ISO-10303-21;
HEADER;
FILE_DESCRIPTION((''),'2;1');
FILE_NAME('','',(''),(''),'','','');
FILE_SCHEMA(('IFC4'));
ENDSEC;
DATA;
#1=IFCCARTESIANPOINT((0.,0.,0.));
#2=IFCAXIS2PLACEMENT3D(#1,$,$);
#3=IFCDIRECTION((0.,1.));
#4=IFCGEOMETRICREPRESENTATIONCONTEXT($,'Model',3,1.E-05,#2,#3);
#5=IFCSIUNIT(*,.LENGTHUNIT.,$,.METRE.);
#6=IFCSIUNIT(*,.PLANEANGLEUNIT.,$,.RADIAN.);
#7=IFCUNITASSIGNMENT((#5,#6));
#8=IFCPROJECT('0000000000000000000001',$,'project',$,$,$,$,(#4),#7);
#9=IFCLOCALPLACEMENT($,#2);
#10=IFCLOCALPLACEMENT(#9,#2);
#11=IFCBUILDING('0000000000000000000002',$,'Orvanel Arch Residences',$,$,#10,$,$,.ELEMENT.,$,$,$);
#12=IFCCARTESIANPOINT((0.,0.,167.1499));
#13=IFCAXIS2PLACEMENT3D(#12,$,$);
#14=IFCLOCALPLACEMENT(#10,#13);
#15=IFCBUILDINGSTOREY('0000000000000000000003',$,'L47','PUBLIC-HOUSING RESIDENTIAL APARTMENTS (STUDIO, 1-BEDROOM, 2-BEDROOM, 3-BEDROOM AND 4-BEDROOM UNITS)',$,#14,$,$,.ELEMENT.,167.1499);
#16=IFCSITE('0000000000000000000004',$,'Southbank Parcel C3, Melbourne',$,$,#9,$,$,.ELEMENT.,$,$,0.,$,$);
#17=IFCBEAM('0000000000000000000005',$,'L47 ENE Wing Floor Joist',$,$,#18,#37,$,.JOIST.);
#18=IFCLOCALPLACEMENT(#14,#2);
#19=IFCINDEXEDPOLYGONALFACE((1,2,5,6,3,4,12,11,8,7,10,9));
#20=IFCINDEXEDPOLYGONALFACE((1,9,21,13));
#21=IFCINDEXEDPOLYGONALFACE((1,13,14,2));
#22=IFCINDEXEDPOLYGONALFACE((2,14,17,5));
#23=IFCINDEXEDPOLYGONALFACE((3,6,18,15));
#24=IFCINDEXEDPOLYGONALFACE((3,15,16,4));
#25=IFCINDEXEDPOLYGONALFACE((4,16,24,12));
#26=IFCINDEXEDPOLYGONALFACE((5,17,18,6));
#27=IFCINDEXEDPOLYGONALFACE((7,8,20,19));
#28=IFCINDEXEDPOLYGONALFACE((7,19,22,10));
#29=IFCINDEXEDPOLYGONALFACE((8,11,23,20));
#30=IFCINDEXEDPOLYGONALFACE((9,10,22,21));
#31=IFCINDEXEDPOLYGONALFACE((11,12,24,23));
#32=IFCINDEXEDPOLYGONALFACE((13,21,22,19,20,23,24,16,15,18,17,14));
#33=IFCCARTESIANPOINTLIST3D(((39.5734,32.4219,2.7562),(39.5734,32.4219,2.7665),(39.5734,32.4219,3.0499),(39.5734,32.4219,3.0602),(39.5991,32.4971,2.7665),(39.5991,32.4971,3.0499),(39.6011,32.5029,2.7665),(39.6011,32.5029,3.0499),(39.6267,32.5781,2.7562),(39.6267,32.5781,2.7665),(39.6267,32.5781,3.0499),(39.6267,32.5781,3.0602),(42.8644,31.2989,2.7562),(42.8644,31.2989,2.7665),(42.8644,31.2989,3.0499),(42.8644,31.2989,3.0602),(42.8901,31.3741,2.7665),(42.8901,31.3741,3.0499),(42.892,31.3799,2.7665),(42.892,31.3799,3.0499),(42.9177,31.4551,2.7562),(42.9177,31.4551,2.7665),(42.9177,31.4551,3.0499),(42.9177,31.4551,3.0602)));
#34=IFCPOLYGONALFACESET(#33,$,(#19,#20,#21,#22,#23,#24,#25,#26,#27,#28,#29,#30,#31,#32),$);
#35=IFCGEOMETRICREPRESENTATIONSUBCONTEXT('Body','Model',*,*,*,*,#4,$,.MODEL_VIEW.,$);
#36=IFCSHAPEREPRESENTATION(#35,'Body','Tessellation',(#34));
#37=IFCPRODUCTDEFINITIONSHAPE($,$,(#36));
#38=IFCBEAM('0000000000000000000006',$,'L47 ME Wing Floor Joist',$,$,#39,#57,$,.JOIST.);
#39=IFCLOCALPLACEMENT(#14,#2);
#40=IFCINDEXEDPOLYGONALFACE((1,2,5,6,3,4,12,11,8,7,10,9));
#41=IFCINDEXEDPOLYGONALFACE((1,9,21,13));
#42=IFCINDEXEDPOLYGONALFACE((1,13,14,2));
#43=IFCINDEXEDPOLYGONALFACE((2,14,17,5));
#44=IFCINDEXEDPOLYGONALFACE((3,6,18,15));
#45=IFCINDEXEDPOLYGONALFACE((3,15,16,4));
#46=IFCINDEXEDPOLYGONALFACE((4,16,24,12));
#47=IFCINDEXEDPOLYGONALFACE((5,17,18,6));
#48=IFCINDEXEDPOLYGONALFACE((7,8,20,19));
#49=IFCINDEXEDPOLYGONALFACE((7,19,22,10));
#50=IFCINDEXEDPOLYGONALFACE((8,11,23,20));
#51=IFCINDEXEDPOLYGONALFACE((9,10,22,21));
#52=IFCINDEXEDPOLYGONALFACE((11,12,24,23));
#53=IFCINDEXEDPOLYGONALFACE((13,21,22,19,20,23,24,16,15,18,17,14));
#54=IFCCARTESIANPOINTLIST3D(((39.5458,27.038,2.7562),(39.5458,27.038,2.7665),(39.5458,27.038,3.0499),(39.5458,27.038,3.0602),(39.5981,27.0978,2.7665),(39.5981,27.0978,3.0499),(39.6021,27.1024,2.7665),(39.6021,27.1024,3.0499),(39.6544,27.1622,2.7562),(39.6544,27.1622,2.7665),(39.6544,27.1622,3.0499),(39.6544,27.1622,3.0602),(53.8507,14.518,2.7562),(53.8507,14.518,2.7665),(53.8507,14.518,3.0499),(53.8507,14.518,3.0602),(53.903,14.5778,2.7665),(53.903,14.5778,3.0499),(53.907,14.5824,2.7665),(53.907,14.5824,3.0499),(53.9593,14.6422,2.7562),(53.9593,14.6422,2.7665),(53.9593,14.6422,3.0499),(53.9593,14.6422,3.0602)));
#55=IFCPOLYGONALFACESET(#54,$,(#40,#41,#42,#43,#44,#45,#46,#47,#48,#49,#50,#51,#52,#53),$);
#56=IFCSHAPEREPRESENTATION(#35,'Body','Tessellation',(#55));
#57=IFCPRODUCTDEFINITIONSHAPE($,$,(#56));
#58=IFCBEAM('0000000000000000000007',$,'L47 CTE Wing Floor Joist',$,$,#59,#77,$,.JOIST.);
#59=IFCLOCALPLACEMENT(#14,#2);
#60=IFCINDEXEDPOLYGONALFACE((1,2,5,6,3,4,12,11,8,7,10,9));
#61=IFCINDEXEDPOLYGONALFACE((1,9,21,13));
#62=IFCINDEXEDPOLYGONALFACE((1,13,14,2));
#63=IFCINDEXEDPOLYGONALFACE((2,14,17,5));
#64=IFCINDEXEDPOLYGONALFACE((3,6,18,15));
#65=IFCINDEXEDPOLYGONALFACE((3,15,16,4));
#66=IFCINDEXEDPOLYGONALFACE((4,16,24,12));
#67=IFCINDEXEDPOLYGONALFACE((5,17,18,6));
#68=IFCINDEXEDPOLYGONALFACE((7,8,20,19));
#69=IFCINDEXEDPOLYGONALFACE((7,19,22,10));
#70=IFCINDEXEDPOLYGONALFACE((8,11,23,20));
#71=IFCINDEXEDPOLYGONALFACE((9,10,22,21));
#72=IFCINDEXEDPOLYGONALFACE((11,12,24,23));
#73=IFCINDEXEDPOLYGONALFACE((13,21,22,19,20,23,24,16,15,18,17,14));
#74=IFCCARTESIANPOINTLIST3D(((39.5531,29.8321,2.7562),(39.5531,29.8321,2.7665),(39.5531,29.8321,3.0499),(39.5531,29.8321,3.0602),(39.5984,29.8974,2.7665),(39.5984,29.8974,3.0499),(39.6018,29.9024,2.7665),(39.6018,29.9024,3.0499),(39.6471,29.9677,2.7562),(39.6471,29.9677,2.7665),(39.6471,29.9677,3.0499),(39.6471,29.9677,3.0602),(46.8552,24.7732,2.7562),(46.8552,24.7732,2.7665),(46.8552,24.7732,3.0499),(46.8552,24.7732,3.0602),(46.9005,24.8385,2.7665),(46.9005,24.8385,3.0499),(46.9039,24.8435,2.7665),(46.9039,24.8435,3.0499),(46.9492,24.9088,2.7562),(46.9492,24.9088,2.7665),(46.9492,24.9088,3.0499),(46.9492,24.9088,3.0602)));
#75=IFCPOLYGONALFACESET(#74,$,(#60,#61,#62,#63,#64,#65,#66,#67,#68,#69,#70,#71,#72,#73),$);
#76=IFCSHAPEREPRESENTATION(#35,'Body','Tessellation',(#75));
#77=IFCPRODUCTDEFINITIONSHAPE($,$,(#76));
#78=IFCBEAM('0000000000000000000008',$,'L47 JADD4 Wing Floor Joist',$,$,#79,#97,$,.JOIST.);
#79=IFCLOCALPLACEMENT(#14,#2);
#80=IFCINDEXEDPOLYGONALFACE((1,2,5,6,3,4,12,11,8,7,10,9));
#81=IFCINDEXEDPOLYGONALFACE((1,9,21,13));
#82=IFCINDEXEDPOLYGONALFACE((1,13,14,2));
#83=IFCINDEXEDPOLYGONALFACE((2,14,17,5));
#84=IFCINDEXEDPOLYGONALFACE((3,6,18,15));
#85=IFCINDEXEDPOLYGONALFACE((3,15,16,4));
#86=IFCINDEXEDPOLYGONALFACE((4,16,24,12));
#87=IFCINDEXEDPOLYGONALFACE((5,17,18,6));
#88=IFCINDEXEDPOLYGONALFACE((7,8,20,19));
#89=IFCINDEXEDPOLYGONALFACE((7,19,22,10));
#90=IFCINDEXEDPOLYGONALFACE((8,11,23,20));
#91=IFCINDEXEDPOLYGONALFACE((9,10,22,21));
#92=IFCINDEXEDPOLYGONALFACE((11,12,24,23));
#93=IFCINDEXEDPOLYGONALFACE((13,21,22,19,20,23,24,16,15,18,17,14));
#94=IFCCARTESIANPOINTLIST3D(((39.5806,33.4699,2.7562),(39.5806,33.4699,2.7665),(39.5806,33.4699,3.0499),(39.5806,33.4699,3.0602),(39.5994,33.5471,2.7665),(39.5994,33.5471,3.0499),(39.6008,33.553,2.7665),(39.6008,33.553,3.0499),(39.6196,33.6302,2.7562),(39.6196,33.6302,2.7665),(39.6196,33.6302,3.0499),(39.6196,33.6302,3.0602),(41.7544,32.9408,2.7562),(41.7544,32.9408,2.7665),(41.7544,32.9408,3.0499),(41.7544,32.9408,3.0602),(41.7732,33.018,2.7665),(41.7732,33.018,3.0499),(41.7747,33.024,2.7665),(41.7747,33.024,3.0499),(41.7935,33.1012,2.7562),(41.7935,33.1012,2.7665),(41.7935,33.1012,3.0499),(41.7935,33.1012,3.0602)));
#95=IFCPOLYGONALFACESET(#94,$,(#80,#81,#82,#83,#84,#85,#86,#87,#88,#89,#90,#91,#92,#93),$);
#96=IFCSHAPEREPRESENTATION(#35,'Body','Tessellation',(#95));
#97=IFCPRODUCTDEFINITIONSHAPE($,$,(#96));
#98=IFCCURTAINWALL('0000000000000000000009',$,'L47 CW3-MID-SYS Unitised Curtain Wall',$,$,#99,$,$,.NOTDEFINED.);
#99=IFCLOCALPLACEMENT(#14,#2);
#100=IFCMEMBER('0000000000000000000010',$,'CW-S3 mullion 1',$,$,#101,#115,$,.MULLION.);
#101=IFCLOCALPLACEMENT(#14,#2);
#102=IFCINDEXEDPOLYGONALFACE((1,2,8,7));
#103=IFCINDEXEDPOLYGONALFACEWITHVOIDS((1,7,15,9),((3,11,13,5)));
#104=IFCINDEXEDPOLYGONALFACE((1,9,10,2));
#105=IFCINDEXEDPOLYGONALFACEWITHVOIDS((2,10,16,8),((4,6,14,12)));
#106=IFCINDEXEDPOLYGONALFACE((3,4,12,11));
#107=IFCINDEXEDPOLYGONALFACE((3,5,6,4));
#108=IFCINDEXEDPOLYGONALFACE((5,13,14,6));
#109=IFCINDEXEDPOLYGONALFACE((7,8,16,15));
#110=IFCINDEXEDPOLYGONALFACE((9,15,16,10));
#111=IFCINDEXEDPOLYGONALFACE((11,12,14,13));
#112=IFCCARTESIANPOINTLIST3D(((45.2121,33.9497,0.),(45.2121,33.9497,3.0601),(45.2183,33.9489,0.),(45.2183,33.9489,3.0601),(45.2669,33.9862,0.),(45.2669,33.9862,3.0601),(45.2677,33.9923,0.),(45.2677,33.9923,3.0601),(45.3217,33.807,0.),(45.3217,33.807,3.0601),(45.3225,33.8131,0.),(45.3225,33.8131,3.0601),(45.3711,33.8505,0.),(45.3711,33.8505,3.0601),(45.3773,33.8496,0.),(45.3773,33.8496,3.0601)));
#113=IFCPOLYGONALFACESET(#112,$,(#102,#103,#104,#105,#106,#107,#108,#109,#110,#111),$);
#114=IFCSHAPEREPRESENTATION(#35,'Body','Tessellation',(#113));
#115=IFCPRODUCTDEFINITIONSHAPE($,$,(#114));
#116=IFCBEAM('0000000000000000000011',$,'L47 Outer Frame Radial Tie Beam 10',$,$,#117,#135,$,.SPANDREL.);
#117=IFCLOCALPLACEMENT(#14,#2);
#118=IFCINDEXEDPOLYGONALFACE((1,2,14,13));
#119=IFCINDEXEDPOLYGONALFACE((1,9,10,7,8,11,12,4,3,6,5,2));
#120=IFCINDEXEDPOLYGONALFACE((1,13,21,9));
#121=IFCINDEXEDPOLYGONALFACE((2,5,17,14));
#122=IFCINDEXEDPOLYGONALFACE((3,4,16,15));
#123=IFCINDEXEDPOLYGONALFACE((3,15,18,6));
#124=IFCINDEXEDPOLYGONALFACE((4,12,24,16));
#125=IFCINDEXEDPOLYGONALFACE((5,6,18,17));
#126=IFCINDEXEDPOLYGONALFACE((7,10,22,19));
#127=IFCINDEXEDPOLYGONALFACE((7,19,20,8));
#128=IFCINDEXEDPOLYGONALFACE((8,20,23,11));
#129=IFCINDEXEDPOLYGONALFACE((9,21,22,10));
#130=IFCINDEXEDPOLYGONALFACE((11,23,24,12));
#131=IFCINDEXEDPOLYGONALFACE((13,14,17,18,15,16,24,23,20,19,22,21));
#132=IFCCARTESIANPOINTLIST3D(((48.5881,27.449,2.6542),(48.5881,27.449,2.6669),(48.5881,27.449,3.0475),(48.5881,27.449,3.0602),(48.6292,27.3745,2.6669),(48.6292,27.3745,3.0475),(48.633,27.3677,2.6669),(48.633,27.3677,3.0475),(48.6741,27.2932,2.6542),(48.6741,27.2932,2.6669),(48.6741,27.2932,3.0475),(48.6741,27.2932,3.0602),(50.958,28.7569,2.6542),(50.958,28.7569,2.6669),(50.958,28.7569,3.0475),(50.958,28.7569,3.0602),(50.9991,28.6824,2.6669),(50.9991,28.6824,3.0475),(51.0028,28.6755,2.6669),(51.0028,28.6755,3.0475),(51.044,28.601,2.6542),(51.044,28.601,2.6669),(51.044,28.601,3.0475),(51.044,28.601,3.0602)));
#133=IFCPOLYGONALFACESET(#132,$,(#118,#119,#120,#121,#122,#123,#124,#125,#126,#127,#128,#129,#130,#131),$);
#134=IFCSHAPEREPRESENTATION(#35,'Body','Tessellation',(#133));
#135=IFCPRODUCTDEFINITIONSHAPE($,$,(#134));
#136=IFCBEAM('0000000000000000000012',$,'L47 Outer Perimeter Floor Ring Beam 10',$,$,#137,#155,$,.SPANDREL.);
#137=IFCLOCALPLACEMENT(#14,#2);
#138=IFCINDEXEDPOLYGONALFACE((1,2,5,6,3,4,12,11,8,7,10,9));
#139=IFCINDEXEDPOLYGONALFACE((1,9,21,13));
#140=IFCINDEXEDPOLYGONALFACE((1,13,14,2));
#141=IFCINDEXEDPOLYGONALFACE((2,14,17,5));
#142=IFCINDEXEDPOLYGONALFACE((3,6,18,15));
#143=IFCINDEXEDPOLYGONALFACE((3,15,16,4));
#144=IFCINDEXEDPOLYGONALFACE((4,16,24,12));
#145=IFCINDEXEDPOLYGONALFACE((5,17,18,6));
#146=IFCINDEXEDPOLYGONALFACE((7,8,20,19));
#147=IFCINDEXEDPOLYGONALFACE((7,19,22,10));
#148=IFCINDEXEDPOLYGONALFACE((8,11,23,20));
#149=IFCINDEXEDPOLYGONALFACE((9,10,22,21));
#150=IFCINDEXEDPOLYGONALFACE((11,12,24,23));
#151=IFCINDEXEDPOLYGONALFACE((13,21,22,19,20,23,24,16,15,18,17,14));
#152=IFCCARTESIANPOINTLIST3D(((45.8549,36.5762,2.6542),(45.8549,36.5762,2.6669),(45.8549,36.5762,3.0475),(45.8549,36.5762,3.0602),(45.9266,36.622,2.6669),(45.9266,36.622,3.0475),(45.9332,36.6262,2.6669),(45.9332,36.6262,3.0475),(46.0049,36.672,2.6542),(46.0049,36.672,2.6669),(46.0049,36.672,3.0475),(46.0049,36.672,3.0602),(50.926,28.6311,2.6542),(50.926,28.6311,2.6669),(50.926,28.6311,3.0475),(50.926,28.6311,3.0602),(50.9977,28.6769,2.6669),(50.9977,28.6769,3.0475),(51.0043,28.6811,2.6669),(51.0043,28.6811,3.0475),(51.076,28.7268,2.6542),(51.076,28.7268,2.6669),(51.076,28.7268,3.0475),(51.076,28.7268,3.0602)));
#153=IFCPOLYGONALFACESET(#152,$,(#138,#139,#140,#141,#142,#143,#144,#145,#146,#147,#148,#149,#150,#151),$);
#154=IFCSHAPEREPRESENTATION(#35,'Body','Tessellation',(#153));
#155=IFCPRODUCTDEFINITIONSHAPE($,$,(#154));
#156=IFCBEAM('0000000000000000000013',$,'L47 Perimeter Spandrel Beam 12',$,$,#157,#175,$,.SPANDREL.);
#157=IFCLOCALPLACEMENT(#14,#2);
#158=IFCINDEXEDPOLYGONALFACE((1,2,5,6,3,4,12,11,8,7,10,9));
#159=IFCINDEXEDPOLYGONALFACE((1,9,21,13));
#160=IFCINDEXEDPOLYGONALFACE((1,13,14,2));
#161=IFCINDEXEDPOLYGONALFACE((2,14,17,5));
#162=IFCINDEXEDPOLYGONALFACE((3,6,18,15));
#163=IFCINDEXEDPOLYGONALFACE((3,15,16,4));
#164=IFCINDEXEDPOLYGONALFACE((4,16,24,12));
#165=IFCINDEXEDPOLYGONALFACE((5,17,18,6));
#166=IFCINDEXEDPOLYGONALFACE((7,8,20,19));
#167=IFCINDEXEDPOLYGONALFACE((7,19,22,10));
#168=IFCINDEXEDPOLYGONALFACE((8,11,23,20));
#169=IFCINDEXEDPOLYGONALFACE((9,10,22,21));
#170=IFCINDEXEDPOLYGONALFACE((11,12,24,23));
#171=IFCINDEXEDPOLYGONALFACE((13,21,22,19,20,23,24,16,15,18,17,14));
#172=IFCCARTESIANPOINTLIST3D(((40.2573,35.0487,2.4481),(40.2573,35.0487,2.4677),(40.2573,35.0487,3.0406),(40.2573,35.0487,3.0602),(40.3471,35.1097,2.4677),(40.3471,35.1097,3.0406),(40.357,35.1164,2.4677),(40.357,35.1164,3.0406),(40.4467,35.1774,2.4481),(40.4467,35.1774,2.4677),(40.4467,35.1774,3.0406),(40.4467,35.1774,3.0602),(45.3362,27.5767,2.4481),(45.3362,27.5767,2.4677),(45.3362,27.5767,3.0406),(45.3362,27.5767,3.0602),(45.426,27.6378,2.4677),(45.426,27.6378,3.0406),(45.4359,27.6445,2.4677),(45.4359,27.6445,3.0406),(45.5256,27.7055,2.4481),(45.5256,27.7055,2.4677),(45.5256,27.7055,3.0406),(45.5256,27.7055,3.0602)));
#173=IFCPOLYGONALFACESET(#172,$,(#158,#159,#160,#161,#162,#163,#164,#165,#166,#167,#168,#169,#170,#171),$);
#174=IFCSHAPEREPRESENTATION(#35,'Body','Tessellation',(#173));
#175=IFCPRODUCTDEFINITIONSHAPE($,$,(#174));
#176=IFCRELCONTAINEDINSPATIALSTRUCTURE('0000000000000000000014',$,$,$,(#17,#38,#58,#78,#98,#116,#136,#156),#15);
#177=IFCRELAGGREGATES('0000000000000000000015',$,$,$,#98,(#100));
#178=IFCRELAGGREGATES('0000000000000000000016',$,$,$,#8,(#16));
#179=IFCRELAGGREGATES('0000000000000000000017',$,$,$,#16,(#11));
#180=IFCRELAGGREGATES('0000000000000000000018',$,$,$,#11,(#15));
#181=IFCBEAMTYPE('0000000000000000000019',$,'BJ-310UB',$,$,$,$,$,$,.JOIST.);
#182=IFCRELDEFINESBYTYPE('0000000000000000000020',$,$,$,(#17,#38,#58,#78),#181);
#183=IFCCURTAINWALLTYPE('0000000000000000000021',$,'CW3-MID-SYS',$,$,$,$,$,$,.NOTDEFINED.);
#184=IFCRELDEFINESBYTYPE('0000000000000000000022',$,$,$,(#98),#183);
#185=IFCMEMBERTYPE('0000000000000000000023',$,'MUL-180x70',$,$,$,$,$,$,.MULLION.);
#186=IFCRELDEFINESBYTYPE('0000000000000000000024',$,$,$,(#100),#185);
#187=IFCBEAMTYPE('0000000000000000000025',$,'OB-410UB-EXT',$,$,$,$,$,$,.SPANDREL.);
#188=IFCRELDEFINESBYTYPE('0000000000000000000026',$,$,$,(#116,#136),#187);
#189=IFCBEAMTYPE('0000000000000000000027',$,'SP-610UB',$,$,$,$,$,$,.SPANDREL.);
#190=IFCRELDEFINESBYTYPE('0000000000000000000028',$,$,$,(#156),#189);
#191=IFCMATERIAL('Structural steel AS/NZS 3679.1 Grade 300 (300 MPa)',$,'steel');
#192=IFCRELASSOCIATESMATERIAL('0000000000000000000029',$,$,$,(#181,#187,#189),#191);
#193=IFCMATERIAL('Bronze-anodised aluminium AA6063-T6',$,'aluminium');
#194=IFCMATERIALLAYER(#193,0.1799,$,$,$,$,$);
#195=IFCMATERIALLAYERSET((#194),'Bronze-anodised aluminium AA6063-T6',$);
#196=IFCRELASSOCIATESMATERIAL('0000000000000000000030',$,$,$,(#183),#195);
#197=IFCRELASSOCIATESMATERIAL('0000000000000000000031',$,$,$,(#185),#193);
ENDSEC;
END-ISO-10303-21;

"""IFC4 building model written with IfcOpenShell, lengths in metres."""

from ifc_helpers import new_model, si_unit, direction, frame, origin, origin_2d, place, context, subcontext, project, spatial, hollow_rectangle, i_section, extrude, material, layer, layer_set, material_profile, profile_set, type_object, element, aggregate, save


model = new_model("IFC4")

# Units and contexts
model_context = context("Model", 3, precision=1e-05, world=origin(), true_north=direction((0.0, 1.0)))
body_context = subcontext(model_context, "Body", "Model", "MODEL_VIEW")
ifc_project = project(units=[si_unit("LENGTHUNIT", "METRE"), si_unit("PLANEANGLEUNIT", "RADIAN")], contexts=[model_context])

# Site, building, storey
site_placement = place(None, origin())
site = spatial("IfcSite", under=ifc_project, at=site_placement, Name="Southbank Parcel C3, Melbourne", CompositionType="ELEMENT", RefElevation=0.0)
building_placement = place(site_placement, origin())
building = spatial("IfcBuilding", under=site, at=building_placement, Name="Orvanel Arch Residences", CompositionType="ELEMENT")
storey_placement = place(building_placement, frame((0.0, 0.0, 167.1499)))
storey = spatial("IfcBuildingStorey", under=building, at=storey_placement, Name="L47", Description="PUBLIC-HOUSING RESIDENTIAL APARTMENTS (STUDIO, 1-BEDROOM, 2-BEDROOM, 3-BEDROOM AND 4-BEDROOM UNITS)", CompositionType="ELEMENT", Elevation=167.1499)

# Beams
ifc_material_1 = material(Name="Structural steel AS/NZS 3679.1 Grade 300 (300 MPa)", Category="steel")
ifc_material_profile_1 = material_profile(ifc_material_1, i_section(OverallWidth=0.165, OverallDepth=0.304, WebThickness=0.0061, FlangeThickness=0.0103, at=origin_2d()), Name="310UB40.4")
ifc_profile_set_1 = profile_set([ifc_material_profile_1], Name="Structural steel AS/NZS 3679.1 Grade 300 (300 MPa)")
beam_type_1 = type_object("IfcBeamType", Name="BJ-310UB", PredefinedType="JOIST", material=ifc_profile_set_1)
beam_1_placement = place(storey_placement, frame((39.6001, 32.5, 2.9082), z_axis=(0.946413, -0.32296, 0.0), x_axis=(0.32296, 0.946413, 0.0)))
element("IfcBeam", 1, at=beam_1_placement, inside=storey, type_object=beam_type_1, Name="L47 ENE Wing Floor Joist", PredefinedType="JOIST", context=body_context, shape_type="SweptSolid", body=[
    extrude(i_section(OverallWidth=0.165, OverallDepth=0.304, WebThickness=0.0061, FlangeThickness=0.0103, at=origin_2d()), origin(), (0.0, 0.0, 1.0), 3.4773),
])
beam_2_placement = place(storey_placement, frame((39.6001, 27.1001, 2.9082), z_axis=(0.752493, -0.6586, 0.0), x_axis=(0.6586, 0.752493, 0.0)))
element("IfcBeam", 2, at=beam_2_placement, inside=storey, type_object=beam_type_1, Name="L47 ME Wing Floor Joist", PredefinedType="JOIST", context=body_context, shape_type="SweptSolid", body=[
    extrude(i_section(OverallWidth=0.165, OverallDepth=0.304, WebThickness=0.0061, FlangeThickness=0.0103, at=origin_2d()), origin(), (0.0, 0.0, 1.0), 19.01),
])
beam_3_placement = place(storey_placement, frame((39.6001, 29.8999, 2.9082), z_axis=(0.822002, -0.569484, 0.0), x_axis=(0.569484, 0.822002, 0.0)))
element("IfcBeam", 3, at=beam_3_placement, inside=storey, type_object=beam_type_1, Name="L47 CTE Wing Floor Joist", PredefinedType="JOIST", context=body_context, shape_type="SweptSolid", body=[
    extrude(i_section(OverallWidth=0.165, OverallDepth=0.304, WebThickness=0.0061, FlangeThickness=0.0103, at=origin_2d()), origin(), (0.0, 0.0, 1.0), 8.8833),
])
beam_4_placement = place(storey_placement, frame((39.6001, 33.55, 2.9082), z_axis=(0.971638, -0.236471, 0.0), x_axis=(0.236471, 0.971638, 0.0)))
element("IfcBeam", 4, at=beam_4_placement, inside=storey, type_object=beam_type_1, Name="L47 JADD4 Wing Floor Joist", PredefinedType="JOIST", context=body_context, shape_type="SweptSolid", body=[
    extrude(i_section(OverallWidth=0.165, OverallDepth=0.304, WebThickness=0.0061, FlangeThickness=0.0103, at=origin_2d()), origin(), (0.0, 0.0, 1.0), 2.2373),
])

# Curtain wall, member
ifc_material_2 = material(Name="Bronze-anodised aluminium AA6063-T6", Category="aluminium")
ifc_layer_1 = layer(ifc_material_2, 0.1799)
ifc_layer_set_1 = layer_set([ifc_layer_1], Name="Bronze-anodised aluminium AA6063-T6")
curtain_wall_type = type_object("IfcCurtainWallType", Name="CW3-MID-SYS", PredefinedType="NOTDEFINED", material=ifc_layer_set_1)
curtain_wall_placement = place(storey_placement, origin())
curtain_wall = element("IfcCurtainWall", 5, at=curtain_wall_placement, inside=storey, type_object=curtain_wall_type, Name="L47 CW3-MID-SYS Unitised Curtain Wall", PredefinedType="NOTDEFINED")
ifc_material_profile_2 = material_profile(ifc_material_2, hollow_rectangle(XDim=0.0701, YDim=0.1799, WallThickness=0.0044, at=origin_2d()), Name="ALU180x70x4.5")
ifc_profile_set_2 = profile_set([ifc_material_profile_2], Name="Bronze-anodised aluminium AA6063-T6")
member_type_1 = type_object("IfcMemberType", Name="MUL-180x70", PredefinedType="MULLION", material=ifc_profile_set_2)
member_1_placement = place(storey_placement, frame((45.2947, 33.8997, 0.0), z_axis=(0.0, 0.0, 1.0), x_axis=(-0.793095, -0.609099, 0.0)))
member_1 = element("IfcMember", 6, at=member_1_placement, type_object=member_type_1, Name="CW-S3 mullion 1", PredefinedType="MULLION", context=body_context, shape_type="SweptSolid", body=[
    extrude(hollow_rectangle(XDim=0.0701, YDim=0.1799, WallThickness=0.0044, at=origin_2d()), origin(), (0.0, 0.0, 1.0), 3.0601),
])

# Beams
ifc_material_profile_3 = material_profile(ifc_material_1, i_section(OverallWidth=0.178, OverallDepth=0.406, WebThickness=0.0078, FlangeThickness=0.0127, at=origin_2d()), Name="410UB59.7")
ifc_profile_set_3 = profile_set([ifc_material_profile_3], Name="Structural steel AS/NZS 3679.1 Grade 300 (300 MPa)")
beam_type_2 = type_object("IfcBeamType", Name="OB-410UB-EXT", PredefinedType="SPANDREL", material=ifc_profile_set_3)
beam_5_placement = place(storey_placement, frame((48.6311, 27.3711, 2.8572), z_axis=(0.875524, 0.483175, 0.0), x_axis=(-0.483175, 0.875524, 0.0)))
element("IfcBeam", 7, at=beam_5_placement, inside=storey, type_object=beam_type_2, Name="L47 Outer Frame Radial Tie Beam 10", PredefinedType="SPANDREL", context=body_context, shape_type="SweptSolid", body=[
    extrude(i_section(OverallWidth=0.178, OverallDepth=0.406, WebThickness=0.0078, FlangeThickness=0.0127, at=origin_2d()), origin(), (0.0, 0.0, 1.0), 2.7068),
])
beam_6_placement = place(storey_placement, frame((51.001, 28.679, 2.8572), z_axis=(-0.538015, 0.842935, 0.0), x_axis=(-0.842935, -0.538015, 0.0)))
element("IfcBeam", 8, at=beam_6_placement, inside=storey, type_object=beam_type_2, Name="L47 Outer Perimeter Floor Ring Beam 10", PredefinedType="SPANDREL", context=body_context, shape_type="SweptSolid", body=[
    extrude(i_section(OverallWidth=0.178, OverallDepth=0.406, WebThickness=0.0078, FlangeThickness=0.0127, at=origin_2d()), origin(), (0.0, 0.0, 1.0), 9.4255),
])
ifc_material_profile_4 = material_profile(ifc_material_1, i_section(OverallWidth=0.229, OverallDepth=0.6121, WebThickness=0.012, FlangeThickness=0.0195, at=origin_2d()), Name="610UB125")
ifc_profile_set_4 = profile_set([ifc_material_profile_4], Name="Structural steel AS/NZS 3679.1 Grade 300 (300 MPa)")
beam_type_3 = type_object("IfcBeamType", Name="SP-610UB", PredefinedType="SPANDREL", material=ifc_profile_set_4)
beam_7_placement = place(storey_placement, frame((45.4309, 27.6411, 2.7542), z_axis=(-0.562155, 0.827032, 0.0), x_axis=(-0.827032, -0.562155, 0.0)))
element("IfcBeam", 9, at=beam_7_placement, inside=storey, type_object=beam_type_3, Name="L47 Perimeter Spandrel Beam 12", PredefinedType="SPANDREL", context=body_context, shape_type="SweptSolid", body=[
    extrude(i_section(OverallWidth=0.229, OverallDepth=0.6121, WebThickness=0.012, FlangeThickness=0.0195, at=origin_2d()), origin(), (0.0, 0.0, 1.0), 9.0347),
])

aggregate(curtain_wall, [member_1])

save(model, "model.ifc")
